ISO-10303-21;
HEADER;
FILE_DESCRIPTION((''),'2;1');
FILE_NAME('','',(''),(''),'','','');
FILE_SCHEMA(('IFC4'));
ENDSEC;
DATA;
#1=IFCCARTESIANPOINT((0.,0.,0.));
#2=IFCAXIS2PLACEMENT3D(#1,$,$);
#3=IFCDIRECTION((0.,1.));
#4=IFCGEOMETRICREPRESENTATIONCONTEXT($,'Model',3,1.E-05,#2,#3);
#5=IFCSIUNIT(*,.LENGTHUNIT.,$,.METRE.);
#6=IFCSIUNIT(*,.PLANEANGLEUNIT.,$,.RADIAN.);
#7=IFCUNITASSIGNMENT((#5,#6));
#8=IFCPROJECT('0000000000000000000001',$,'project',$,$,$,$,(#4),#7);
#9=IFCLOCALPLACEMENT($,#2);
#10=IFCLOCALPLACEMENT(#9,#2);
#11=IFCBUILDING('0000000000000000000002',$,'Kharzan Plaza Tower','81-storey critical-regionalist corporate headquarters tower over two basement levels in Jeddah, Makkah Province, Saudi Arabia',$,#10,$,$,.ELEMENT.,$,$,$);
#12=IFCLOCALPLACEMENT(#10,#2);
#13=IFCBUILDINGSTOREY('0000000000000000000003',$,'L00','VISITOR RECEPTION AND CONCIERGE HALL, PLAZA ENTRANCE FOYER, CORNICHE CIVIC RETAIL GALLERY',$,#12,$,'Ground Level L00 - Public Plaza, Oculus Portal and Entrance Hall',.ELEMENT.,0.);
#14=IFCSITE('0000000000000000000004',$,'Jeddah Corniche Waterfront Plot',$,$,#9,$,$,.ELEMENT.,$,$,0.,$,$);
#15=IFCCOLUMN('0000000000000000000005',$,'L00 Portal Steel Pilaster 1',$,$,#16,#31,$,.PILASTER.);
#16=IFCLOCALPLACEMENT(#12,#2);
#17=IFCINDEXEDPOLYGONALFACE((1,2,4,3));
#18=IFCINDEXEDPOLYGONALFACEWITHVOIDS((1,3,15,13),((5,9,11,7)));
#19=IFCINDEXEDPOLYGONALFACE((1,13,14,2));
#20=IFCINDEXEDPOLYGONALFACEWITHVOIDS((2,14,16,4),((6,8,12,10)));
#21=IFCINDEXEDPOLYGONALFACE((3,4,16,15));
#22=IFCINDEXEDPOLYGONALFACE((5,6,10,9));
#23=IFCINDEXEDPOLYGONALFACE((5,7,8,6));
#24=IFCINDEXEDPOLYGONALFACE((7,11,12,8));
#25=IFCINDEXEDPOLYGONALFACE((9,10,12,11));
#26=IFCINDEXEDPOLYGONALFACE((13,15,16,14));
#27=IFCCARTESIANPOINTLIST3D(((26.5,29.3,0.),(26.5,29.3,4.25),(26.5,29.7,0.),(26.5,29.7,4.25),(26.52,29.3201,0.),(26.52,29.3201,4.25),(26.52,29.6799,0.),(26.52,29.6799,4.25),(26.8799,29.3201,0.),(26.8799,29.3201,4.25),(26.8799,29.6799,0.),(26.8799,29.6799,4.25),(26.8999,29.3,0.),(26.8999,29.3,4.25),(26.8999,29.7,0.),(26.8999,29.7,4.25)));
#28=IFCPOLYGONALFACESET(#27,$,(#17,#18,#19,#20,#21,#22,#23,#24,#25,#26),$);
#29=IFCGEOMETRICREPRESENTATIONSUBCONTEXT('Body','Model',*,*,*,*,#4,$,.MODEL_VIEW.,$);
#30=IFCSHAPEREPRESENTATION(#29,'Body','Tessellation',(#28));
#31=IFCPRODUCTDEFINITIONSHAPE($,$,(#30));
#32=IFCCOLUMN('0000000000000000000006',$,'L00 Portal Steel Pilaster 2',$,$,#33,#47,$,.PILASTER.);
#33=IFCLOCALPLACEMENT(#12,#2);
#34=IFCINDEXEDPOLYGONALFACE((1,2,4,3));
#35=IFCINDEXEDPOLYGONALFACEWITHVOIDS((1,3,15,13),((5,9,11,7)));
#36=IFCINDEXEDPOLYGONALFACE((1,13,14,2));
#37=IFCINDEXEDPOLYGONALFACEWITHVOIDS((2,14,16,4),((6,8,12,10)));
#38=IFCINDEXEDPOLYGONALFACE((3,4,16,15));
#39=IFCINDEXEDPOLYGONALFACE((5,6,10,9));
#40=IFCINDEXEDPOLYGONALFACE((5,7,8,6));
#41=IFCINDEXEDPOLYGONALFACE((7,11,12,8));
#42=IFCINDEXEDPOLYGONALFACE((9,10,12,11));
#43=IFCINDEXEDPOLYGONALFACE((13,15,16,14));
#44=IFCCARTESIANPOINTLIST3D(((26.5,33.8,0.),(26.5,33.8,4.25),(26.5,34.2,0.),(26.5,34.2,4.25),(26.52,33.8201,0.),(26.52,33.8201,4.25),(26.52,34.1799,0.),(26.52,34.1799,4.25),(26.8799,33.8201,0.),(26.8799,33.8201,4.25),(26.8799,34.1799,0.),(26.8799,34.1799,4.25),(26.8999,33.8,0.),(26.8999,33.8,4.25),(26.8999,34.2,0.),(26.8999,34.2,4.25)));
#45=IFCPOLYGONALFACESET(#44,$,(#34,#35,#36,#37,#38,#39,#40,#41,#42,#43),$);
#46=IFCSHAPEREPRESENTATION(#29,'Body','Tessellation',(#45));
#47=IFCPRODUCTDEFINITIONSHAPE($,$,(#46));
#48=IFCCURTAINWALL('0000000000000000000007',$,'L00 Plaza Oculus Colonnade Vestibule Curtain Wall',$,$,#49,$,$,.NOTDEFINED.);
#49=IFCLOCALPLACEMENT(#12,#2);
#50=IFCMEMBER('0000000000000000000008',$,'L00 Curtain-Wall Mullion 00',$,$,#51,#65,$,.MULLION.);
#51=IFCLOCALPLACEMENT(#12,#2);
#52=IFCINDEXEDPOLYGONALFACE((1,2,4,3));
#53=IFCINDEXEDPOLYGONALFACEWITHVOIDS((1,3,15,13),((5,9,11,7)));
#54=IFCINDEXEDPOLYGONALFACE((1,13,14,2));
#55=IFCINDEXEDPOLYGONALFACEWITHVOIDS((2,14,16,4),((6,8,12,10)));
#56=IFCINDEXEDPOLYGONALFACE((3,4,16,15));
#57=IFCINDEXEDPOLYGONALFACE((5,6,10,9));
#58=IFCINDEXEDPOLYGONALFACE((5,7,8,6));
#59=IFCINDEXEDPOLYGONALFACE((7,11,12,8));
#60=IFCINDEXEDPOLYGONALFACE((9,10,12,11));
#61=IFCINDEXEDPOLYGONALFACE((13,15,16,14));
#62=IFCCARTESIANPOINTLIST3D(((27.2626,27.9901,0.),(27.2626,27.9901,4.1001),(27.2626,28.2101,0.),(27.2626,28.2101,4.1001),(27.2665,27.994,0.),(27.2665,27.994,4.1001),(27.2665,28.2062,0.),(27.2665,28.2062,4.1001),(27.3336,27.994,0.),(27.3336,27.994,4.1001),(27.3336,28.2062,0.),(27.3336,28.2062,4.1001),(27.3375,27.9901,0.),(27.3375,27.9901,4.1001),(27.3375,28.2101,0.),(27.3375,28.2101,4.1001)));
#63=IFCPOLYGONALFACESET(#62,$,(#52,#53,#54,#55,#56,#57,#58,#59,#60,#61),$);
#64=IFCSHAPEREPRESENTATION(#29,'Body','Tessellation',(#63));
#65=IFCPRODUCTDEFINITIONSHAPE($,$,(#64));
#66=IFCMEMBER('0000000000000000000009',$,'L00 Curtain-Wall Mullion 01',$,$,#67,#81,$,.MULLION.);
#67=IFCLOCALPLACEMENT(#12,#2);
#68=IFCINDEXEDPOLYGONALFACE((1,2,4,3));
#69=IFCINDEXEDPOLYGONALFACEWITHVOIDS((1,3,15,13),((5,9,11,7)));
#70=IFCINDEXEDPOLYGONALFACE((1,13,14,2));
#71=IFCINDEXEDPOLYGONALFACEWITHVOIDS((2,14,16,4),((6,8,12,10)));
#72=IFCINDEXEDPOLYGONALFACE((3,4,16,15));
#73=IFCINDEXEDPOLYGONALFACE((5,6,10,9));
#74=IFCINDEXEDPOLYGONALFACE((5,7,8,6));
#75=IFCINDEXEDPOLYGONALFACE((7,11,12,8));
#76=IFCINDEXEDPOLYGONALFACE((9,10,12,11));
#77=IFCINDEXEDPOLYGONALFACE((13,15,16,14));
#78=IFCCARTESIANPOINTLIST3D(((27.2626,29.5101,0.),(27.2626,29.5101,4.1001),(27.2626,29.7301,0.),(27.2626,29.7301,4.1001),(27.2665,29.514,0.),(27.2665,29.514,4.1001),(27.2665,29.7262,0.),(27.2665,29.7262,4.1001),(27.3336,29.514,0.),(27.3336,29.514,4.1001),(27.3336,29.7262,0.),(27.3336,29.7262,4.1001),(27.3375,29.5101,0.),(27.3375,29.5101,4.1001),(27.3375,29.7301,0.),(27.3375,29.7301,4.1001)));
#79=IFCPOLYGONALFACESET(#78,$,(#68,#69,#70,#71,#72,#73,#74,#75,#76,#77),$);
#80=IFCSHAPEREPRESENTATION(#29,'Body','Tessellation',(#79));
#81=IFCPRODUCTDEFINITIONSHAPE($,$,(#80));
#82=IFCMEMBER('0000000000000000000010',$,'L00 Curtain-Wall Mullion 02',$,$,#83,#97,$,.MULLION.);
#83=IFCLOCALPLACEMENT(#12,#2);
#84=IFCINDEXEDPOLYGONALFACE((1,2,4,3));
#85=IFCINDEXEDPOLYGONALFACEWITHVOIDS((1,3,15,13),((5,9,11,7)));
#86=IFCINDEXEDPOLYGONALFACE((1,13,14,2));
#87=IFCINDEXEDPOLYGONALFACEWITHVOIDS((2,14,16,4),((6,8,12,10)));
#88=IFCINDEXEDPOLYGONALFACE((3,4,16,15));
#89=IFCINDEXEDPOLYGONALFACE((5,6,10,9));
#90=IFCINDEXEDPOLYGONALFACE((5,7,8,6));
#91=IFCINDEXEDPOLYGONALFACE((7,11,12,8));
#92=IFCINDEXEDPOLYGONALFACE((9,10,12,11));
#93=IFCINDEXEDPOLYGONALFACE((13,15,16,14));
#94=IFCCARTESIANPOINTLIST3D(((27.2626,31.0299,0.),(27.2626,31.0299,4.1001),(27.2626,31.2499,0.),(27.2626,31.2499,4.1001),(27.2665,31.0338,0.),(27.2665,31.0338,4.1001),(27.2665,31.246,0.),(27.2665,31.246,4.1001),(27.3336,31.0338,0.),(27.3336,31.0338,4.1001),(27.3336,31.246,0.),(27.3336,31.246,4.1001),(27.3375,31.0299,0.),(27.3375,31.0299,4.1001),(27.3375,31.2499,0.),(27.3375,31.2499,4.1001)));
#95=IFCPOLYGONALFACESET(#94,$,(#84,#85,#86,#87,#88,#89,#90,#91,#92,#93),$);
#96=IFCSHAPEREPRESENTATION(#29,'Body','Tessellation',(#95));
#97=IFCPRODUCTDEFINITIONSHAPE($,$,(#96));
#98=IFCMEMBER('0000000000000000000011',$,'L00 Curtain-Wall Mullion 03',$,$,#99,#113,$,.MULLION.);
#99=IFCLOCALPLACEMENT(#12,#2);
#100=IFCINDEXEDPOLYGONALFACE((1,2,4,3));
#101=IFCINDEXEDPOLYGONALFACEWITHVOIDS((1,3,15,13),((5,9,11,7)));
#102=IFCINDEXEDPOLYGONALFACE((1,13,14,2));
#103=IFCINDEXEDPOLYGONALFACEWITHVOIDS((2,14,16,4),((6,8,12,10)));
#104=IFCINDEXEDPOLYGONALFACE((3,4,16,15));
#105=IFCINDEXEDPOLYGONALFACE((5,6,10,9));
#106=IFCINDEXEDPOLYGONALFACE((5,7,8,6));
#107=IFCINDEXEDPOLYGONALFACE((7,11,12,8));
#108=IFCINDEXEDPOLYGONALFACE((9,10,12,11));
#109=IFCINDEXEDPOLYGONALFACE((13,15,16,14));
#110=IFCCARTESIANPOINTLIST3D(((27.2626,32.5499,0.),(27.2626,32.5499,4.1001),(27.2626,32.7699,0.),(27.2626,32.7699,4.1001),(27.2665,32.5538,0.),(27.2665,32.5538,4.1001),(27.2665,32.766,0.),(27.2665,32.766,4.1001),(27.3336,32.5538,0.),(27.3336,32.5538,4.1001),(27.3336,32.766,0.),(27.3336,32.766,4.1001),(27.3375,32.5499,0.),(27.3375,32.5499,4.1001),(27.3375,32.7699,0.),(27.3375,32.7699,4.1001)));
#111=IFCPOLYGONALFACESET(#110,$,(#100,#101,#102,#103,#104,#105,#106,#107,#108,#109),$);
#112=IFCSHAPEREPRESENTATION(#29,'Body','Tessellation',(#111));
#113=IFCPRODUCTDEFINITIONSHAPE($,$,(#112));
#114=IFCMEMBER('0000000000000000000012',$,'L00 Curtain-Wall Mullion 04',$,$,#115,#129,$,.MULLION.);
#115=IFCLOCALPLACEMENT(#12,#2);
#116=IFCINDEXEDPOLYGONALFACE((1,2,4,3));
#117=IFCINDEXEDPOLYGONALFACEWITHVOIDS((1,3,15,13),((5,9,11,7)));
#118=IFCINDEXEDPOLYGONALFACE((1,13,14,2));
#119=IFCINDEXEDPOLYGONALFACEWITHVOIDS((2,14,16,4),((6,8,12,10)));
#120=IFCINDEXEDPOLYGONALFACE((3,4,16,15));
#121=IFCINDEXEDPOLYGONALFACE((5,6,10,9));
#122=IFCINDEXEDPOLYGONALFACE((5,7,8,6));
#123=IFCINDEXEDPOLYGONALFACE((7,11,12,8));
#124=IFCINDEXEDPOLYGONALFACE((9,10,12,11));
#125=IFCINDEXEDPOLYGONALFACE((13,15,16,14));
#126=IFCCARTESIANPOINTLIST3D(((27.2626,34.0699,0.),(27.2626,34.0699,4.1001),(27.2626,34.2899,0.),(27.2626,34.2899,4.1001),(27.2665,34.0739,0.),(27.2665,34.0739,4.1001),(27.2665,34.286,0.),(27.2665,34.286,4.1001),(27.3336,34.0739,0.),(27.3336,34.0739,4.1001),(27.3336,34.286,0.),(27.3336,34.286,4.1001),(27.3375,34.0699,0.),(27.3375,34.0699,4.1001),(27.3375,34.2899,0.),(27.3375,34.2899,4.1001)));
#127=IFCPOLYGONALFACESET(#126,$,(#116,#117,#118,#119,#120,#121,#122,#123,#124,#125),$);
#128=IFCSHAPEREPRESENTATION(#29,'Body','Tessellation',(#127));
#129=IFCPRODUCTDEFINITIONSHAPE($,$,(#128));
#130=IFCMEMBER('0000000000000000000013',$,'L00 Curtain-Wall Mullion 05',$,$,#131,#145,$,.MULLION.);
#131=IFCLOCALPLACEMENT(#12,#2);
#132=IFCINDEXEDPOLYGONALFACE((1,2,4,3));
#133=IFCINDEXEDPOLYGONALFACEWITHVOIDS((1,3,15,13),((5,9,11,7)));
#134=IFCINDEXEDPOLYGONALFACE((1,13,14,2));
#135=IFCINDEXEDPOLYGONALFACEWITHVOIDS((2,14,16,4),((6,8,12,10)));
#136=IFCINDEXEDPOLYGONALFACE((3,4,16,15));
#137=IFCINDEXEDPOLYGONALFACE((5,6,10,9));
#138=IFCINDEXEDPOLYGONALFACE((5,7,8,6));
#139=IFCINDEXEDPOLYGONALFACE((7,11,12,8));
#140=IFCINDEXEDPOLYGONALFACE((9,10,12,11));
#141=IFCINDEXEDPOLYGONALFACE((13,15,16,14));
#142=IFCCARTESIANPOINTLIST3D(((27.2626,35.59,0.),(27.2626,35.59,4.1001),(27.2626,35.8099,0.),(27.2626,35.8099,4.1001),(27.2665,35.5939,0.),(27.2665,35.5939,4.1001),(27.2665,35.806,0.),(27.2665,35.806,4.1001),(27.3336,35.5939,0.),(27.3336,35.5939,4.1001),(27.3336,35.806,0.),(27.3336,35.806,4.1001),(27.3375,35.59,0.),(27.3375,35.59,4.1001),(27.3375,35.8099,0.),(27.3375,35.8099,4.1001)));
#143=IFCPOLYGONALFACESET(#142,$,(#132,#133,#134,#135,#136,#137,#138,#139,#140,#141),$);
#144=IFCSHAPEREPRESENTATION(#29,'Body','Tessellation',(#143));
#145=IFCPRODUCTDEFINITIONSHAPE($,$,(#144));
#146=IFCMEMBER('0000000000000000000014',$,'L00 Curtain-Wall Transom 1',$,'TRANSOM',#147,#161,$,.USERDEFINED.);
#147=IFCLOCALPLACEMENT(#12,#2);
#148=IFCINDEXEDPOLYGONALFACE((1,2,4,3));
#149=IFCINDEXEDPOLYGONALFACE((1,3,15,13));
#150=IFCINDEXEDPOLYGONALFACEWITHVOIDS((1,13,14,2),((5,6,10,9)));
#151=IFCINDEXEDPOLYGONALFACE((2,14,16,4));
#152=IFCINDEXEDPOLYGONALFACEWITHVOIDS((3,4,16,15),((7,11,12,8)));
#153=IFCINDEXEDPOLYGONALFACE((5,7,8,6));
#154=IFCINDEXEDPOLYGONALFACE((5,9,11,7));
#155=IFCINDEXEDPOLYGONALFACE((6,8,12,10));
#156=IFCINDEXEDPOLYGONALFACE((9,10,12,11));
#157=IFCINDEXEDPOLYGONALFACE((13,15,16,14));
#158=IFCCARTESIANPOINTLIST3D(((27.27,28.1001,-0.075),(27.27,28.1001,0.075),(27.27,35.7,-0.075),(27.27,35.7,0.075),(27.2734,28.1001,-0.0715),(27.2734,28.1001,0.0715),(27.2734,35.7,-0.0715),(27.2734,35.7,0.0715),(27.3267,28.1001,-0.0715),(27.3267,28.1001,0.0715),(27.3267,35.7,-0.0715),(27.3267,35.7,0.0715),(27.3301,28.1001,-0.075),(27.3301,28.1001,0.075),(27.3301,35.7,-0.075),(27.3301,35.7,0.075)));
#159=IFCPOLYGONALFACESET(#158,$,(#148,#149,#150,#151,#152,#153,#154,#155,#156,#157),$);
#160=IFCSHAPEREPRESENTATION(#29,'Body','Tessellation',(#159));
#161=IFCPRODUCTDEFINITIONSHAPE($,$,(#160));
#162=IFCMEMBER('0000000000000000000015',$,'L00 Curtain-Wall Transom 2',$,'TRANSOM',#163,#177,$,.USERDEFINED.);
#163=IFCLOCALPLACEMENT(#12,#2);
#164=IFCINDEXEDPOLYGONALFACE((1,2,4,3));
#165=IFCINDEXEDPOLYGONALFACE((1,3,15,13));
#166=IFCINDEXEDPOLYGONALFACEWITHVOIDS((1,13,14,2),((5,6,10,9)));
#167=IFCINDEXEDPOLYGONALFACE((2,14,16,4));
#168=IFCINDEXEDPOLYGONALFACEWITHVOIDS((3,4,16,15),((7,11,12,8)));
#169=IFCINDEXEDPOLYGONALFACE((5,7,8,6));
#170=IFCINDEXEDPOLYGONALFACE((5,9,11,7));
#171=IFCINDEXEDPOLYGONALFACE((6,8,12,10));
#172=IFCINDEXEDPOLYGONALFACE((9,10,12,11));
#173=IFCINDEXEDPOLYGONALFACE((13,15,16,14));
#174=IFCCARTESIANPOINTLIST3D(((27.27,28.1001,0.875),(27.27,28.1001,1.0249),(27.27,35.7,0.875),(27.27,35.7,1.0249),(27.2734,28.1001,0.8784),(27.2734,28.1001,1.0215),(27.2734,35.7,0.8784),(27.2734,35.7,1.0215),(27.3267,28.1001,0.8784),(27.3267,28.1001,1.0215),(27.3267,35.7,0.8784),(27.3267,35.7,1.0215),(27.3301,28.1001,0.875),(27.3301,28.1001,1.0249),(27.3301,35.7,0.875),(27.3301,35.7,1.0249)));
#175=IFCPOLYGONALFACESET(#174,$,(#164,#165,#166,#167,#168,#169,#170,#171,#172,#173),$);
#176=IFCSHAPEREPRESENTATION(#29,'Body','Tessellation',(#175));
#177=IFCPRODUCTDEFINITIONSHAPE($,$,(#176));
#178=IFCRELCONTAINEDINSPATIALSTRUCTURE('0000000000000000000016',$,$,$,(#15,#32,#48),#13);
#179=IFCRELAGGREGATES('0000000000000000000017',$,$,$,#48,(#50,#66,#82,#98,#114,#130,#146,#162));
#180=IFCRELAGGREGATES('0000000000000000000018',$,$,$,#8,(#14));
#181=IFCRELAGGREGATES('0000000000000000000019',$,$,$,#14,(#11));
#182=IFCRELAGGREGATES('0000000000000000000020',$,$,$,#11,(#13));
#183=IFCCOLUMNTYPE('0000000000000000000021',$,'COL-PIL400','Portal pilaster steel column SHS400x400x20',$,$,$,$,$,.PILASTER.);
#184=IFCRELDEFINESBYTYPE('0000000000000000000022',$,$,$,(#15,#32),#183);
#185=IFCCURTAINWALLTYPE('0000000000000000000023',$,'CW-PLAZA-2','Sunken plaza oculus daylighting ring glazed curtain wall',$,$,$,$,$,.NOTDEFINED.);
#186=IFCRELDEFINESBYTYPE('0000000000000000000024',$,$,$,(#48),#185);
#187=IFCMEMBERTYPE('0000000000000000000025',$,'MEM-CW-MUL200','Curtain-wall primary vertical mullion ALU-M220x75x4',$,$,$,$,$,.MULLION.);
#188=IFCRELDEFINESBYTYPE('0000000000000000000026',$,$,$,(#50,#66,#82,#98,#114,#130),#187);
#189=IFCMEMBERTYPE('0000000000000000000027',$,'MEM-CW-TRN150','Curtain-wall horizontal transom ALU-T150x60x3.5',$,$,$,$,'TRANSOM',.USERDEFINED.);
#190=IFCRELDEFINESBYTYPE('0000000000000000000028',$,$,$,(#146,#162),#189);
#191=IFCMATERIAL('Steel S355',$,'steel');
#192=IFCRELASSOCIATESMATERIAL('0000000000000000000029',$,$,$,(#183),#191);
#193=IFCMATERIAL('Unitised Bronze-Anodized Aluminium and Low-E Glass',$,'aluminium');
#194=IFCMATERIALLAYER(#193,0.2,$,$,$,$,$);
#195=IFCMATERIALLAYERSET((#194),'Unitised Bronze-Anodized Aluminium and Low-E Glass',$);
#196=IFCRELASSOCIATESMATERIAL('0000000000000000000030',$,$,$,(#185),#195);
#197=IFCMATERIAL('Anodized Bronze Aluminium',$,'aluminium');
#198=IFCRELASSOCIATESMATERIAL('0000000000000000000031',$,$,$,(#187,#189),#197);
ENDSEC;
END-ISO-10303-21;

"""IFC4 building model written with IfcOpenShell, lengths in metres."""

from ifc_helpers import new_model, si_unit, direction, frame, origin, origin_2d, place, context, subcontext, project, spatial, hollow_rectangle, extrude, source, transform, mapped, material, layer, layer_set, material_profile, profile_set, type_object, element, aggregate, save


model = new_model("IFC4")

# Units and contexts
model_context = context("Model", 3, precision=1e-05, world=origin(), true_north=direction((0.0, 1.0)))
body_context = subcontext(model_context, "Body", "Model", "MODEL_VIEW")
ifc_project = project(units=[si_unit("LENGTHUNIT", "METRE"), si_unit("PLANEANGLEUNIT", "RADIAN")], contexts=[model_context])

# Site, building, storey
site_placement = place(None, origin())
site = spatial("IfcSite", under=ifc_project, at=site_placement, Name="Jeddah Corniche Waterfront Plot", CompositionType="ELEMENT", RefElevation=0.0)
building_placement = place(site_placement, origin())
building = spatial("IfcBuilding", under=site, at=building_placement, Name="Kharzan Plaza Tower", Description="81-storey critical-regionalist corporate headquarters tower over two basement levels in Jeddah, Makkah Province, Saudi Arabia", CompositionType="ELEMENT")
storey_placement = place(building_placement, origin())
storey = spatial("IfcBuildingStorey", under=building, at=storey_placement, Name="L00", Description="VISITOR RECEPTION AND CONCIERGE HALL, PLAZA ENTRANCE FOYER, CORNICHE CIVIC RETAIL GALLERY", LongName="Ground Level L00 - Public Plaza, Oculus Portal and Entrance Hall", CompositionType="ELEMENT", Elevation=0.0)

# Columns
ifc_material_1 = material(Name="Steel S355", Category="steel")
ifc_material_profile_1 = material_profile(ifc_material_1, hollow_rectangle(XDim=0.3999, YDim=0.3999, WallThickness=0.02, at=origin_2d()), Name="SHS400x400x20")
ifc_profile_set_1 = profile_set([ifc_material_profile_1], Name="Steel S355")
column_type = type_object("IfcColumnType", Name="COL-PIL400", Description="Portal pilaster steel column SHS400x400x20", PredefinedType="PILASTER", material=ifc_profile_set_1)
shared_shape_1 = source(origin(), body_context, "Body", "SweptSolid", [
    extrude(hollow_rectangle(XDim=0.3999, YDim=0.3999, WallThickness=0.02, at=origin_2d()), origin(), (0.0, 0.0, 1.0), 4.25),
])
for number, where, z_axis, x_axis, name in (
    (1, (26.7, 29.5, 0.0), (0.0, 0.0, 1.0), (1.0, 0.0, 0.0), "L00 Portal Steel Pilaster 1"),
    (2, (26.7, 34.0, 0.0), (0.0, 0.0, 1.0), (1.0, 0.0, 0.0), "L00 Portal Steel Pilaster 2"),
):
    element("IfcColumn", number, at=place(storey_placement, frame(where, z_axis=z_axis, x_axis=x_axis)), inside=storey, type_object=column_type, Name=name, PredefinedType="PILASTER", context=body_context, shape_type="MappedRepresentation", body=[
        mapped(shared_shape_1, transform((0.0, 0.0, 0.0), x_axis=(1.0, 0.0, 0.0), y_axis=(0.0, 1.0, 0.0), z_axis=(0.0, 0.0, 1.0))),
    ])

# Curtain wall, members
ifc_material_2 = material(Name="Unitised Bronze-Anodized Aluminium and Low-E Glass", Category="aluminium")
ifc_layer_1 = layer(ifc_material_2, 0.2)
ifc_layer_set_1 = layer_set([ifc_layer_1], Name="Unitised Bronze-Anodized Aluminium and Low-E Glass")
curtain_wall_type = type_object("IfcCurtainWallType", Name="CW-PLAZA-2", Description="Sunken plaza oculus daylighting ring glazed curtain wall", PredefinedType="NOTDEFINED", material=ifc_layer_set_1)
curtain_wall_placement = place(storey_placement, origin())
curtain_wall = element("IfcCurtainWall", 3, at=curtain_wall_placement, inside=storey, type_object=curtain_wall_type, Name="L00 Plaza Oculus Colonnade Vestibule Curtain Wall", PredefinedType="NOTDEFINED")
ifc_material_3 = material(Name="Anodized Bronze Aluminium", Category="aluminium")
ifc_material_profile_2 = material_profile(ifc_material_3, hollow_rectangle(XDim=0.075, YDim=0.22, WallThickness=0.0039, at=origin_2d()), Name="ALU-M220x75x4")
ifc_profile_set_2 = profile_set([ifc_material_profile_2], Name="Anodized Bronze Aluminium")
member_type_1 = type_object("IfcMemberType", Name="MEM-CW-MUL200", Description="Curtain-wall primary vertical mullion ALU-M220x75x4", PredefinedType="MULLION", material=ifc_profile_set_2)
shared_shape_2 = source(origin(), body_context, "Body", "SweptSolid", [
    extrude(hollow_rectangle(XDim=0.075, YDim=0.22, WallThickness=0.0039, at=origin_2d()), origin(), (0.0, 0.0, 1.0), 4.1001),
])
member_1_placement = place(storey_placement, frame((27.3, 28.1001, 0.0), z_axis=(0.0, 0.0, 1.0), x_axis=(1.0, 0.0, 0.0)))
member_1 = element("IfcMember", 4, at=member_1_placement, type_object=member_type_1, Name="L00 Curtain-Wall Mullion 00", PredefinedType="MULLION", context=body_context, shape_type="MappedRepresentation", body=[
    mapped(shared_shape_2, transform((0.0, 0.0, 0.0), x_axis=(1.0, 0.0, 0.0), y_axis=(0.0, 1.0, 0.0), z_axis=(0.0, 0.0, 1.0))),
])
member_2_placement = place(storey_placement, frame((27.3, 29.6201, 0.0), z_axis=(0.0, 0.0, 1.0), x_axis=(1.0, 0.0, 0.0)))
member_2 = element("IfcMember", 5, at=member_2_placement, type_object=member_type_1, Name="L00 Curtain-Wall Mullion 01", PredefinedType="MULLION", context=body_context, shape_type="MappedRepresentation", body=[
    mapped(shared_shape_2, transform((0.0, 0.0, 0.0), x_axis=(1.0, 0.0, 0.0), y_axis=(0.0, 1.0, 0.0), z_axis=(0.0, 0.0, 1.0))),
])
member_3_placement = place(storey_placement, frame((27.3, 31.1399, 0.0), z_axis=(0.0, 0.0, 1.0), x_axis=(1.0, 0.0, 0.0)))
member_3 = element("IfcMember", 6, at=member_3_placement, type_object=member_type_1, Name="L00 Curtain-Wall Mullion 02", PredefinedType="MULLION", context=body_context, shape_type="MappedRepresentation", body=[
    mapped(shared_shape_2, transform((0.0, 0.0, 0.0), x_axis=(1.0, 0.0, 0.0), y_axis=(0.0, 1.0, 0.0), z_axis=(0.0, 0.0, 1.0))),
])
member_4_placement = place(storey_placement, frame((27.3, 32.6599, 0.0), z_axis=(0.0, 0.0, 1.0), x_axis=(1.0, 0.0, 0.0)))
member_4 = element("IfcMember", 7, at=member_4_placement, type_object=member_type_1, Name="L00 Curtain-Wall Mullion 03", PredefinedType="MULLION", context=body_context, shape_type="MappedRepresentation", body=[
    mapped(shared_shape_2, transform((0.0, 0.0, 0.0), x_axis=(1.0, 0.0, 0.0), y_axis=(0.0, 1.0, 0.0), z_axis=(0.0, 0.0, 1.0))),
])
member_5_placement = place(storey_placement, frame((27.3, 34.1799, 0.0), z_axis=(0.0, 0.0, 1.0), x_axis=(1.0, 0.0, 0.0)))
member_5 = element("IfcMember", 8, at=member_5_placement, type_object=member_type_1, Name="L00 Curtain-Wall Mullion 04", PredefinedType="MULLION", context=body_context, shape_type="MappedRepresentation", body=[
    mapped(shared_shape_2, transform((0.0, 0.0, 0.0), x_axis=(1.0, 0.0, 0.0), y_axis=(0.0, 1.0, 0.0), z_axis=(0.0, 0.0, 1.0))),
])
member_6_placement = place(storey_placement, frame((27.3, 35.7, 0.0), z_axis=(0.0, 0.0, 1.0), x_axis=(1.0, 0.0, 0.0)))
member_6 = element("IfcMember", 9, at=member_6_placement, type_object=member_type_1, Name="L00 Curtain-Wall Mullion 05", PredefinedType="MULLION", context=body_context, shape_type="MappedRepresentation", body=[
    mapped(shared_shape_2, transform((0.0, 0.0, 0.0), x_axis=(1.0, 0.0, 0.0), y_axis=(0.0, 1.0, 0.0), z_axis=(0.0, 0.0, 1.0))),
])
ifc_material_profile_3 = material_profile(ifc_material_3, hollow_rectangle(XDim=0.0601, YDim=0.1499, WallThickness=0.0034, at=origin_2d()), Name="ALU-T150x60x3.5")
ifc_profile_set_3 = profile_set([ifc_material_profile_3], Name="Anodized Bronze Aluminium")
member_type_2 = type_object("IfcMemberType", Name="MEM-CW-TRN150", Description="Curtain-wall horizontal transom ALU-T150x60x3.5", ElementType="TRANSOM", PredefinedType="USERDEFINED", material=ifc_profile_set_3)
shared_shape_3 = source(origin(), body_context, "Body", "SweptSolid", [
    extrude(hollow_rectangle(XDim=0.0601, YDim=0.1499, WallThickness=0.0034, at=origin_2d()), origin(), (0.0, 0.0, 1.0), 7.5999),
])
member_7_placement = place(storey_placement, frame((27.3, 28.1001, 0.0), z_axis=(0.0, 1.0, 0.0), x_axis=(-1.0, 0.0, 0.0)))
member_7 = element("IfcMember", 10, at=member_7_placement, type_object=member_type_2, Name="L00 Curtain-Wall Transom 1", ObjectType="TRANSOM", PredefinedType="USERDEFINED", context=body_context, shape_type="MappedRepresentation", body=[
    mapped(shared_shape_3, transform((0.0, 0.0, 0.0), x_axis=(1.0, 0.0, 0.0), y_axis=(0.0, 1.0, 0.0), z_axis=(0.0, 0.0, 1.0))),
])
member_8_placement = place(storey_placement, frame((27.3, 28.1001, 0.95), z_axis=(0.0, 1.0, 0.0), x_axis=(-1.0, 0.0, 0.0)))
member_8 = element("IfcMember", 11, at=member_8_placement, type_object=member_type_2, Name="L00 Curtain-Wall Transom 2", ObjectType="TRANSOM", PredefinedType="USERDEFINED", context=body_context, shape_type="MappedRepresentation", body=[
    mapped(shared_shape_3, transform((0.0, 0.0, 0.0), x_axis=(1.0, 0.0, 0.0), y_axis=(0.0, 1.0, 0.0), z_axis=(0.0, 0.0, 1.0))),
])
aggregate(curtain_wall, [member_1, member_2, member_3, member_4, member_5, member_6, member_7, member_8])

save(model, "model.ifc")
